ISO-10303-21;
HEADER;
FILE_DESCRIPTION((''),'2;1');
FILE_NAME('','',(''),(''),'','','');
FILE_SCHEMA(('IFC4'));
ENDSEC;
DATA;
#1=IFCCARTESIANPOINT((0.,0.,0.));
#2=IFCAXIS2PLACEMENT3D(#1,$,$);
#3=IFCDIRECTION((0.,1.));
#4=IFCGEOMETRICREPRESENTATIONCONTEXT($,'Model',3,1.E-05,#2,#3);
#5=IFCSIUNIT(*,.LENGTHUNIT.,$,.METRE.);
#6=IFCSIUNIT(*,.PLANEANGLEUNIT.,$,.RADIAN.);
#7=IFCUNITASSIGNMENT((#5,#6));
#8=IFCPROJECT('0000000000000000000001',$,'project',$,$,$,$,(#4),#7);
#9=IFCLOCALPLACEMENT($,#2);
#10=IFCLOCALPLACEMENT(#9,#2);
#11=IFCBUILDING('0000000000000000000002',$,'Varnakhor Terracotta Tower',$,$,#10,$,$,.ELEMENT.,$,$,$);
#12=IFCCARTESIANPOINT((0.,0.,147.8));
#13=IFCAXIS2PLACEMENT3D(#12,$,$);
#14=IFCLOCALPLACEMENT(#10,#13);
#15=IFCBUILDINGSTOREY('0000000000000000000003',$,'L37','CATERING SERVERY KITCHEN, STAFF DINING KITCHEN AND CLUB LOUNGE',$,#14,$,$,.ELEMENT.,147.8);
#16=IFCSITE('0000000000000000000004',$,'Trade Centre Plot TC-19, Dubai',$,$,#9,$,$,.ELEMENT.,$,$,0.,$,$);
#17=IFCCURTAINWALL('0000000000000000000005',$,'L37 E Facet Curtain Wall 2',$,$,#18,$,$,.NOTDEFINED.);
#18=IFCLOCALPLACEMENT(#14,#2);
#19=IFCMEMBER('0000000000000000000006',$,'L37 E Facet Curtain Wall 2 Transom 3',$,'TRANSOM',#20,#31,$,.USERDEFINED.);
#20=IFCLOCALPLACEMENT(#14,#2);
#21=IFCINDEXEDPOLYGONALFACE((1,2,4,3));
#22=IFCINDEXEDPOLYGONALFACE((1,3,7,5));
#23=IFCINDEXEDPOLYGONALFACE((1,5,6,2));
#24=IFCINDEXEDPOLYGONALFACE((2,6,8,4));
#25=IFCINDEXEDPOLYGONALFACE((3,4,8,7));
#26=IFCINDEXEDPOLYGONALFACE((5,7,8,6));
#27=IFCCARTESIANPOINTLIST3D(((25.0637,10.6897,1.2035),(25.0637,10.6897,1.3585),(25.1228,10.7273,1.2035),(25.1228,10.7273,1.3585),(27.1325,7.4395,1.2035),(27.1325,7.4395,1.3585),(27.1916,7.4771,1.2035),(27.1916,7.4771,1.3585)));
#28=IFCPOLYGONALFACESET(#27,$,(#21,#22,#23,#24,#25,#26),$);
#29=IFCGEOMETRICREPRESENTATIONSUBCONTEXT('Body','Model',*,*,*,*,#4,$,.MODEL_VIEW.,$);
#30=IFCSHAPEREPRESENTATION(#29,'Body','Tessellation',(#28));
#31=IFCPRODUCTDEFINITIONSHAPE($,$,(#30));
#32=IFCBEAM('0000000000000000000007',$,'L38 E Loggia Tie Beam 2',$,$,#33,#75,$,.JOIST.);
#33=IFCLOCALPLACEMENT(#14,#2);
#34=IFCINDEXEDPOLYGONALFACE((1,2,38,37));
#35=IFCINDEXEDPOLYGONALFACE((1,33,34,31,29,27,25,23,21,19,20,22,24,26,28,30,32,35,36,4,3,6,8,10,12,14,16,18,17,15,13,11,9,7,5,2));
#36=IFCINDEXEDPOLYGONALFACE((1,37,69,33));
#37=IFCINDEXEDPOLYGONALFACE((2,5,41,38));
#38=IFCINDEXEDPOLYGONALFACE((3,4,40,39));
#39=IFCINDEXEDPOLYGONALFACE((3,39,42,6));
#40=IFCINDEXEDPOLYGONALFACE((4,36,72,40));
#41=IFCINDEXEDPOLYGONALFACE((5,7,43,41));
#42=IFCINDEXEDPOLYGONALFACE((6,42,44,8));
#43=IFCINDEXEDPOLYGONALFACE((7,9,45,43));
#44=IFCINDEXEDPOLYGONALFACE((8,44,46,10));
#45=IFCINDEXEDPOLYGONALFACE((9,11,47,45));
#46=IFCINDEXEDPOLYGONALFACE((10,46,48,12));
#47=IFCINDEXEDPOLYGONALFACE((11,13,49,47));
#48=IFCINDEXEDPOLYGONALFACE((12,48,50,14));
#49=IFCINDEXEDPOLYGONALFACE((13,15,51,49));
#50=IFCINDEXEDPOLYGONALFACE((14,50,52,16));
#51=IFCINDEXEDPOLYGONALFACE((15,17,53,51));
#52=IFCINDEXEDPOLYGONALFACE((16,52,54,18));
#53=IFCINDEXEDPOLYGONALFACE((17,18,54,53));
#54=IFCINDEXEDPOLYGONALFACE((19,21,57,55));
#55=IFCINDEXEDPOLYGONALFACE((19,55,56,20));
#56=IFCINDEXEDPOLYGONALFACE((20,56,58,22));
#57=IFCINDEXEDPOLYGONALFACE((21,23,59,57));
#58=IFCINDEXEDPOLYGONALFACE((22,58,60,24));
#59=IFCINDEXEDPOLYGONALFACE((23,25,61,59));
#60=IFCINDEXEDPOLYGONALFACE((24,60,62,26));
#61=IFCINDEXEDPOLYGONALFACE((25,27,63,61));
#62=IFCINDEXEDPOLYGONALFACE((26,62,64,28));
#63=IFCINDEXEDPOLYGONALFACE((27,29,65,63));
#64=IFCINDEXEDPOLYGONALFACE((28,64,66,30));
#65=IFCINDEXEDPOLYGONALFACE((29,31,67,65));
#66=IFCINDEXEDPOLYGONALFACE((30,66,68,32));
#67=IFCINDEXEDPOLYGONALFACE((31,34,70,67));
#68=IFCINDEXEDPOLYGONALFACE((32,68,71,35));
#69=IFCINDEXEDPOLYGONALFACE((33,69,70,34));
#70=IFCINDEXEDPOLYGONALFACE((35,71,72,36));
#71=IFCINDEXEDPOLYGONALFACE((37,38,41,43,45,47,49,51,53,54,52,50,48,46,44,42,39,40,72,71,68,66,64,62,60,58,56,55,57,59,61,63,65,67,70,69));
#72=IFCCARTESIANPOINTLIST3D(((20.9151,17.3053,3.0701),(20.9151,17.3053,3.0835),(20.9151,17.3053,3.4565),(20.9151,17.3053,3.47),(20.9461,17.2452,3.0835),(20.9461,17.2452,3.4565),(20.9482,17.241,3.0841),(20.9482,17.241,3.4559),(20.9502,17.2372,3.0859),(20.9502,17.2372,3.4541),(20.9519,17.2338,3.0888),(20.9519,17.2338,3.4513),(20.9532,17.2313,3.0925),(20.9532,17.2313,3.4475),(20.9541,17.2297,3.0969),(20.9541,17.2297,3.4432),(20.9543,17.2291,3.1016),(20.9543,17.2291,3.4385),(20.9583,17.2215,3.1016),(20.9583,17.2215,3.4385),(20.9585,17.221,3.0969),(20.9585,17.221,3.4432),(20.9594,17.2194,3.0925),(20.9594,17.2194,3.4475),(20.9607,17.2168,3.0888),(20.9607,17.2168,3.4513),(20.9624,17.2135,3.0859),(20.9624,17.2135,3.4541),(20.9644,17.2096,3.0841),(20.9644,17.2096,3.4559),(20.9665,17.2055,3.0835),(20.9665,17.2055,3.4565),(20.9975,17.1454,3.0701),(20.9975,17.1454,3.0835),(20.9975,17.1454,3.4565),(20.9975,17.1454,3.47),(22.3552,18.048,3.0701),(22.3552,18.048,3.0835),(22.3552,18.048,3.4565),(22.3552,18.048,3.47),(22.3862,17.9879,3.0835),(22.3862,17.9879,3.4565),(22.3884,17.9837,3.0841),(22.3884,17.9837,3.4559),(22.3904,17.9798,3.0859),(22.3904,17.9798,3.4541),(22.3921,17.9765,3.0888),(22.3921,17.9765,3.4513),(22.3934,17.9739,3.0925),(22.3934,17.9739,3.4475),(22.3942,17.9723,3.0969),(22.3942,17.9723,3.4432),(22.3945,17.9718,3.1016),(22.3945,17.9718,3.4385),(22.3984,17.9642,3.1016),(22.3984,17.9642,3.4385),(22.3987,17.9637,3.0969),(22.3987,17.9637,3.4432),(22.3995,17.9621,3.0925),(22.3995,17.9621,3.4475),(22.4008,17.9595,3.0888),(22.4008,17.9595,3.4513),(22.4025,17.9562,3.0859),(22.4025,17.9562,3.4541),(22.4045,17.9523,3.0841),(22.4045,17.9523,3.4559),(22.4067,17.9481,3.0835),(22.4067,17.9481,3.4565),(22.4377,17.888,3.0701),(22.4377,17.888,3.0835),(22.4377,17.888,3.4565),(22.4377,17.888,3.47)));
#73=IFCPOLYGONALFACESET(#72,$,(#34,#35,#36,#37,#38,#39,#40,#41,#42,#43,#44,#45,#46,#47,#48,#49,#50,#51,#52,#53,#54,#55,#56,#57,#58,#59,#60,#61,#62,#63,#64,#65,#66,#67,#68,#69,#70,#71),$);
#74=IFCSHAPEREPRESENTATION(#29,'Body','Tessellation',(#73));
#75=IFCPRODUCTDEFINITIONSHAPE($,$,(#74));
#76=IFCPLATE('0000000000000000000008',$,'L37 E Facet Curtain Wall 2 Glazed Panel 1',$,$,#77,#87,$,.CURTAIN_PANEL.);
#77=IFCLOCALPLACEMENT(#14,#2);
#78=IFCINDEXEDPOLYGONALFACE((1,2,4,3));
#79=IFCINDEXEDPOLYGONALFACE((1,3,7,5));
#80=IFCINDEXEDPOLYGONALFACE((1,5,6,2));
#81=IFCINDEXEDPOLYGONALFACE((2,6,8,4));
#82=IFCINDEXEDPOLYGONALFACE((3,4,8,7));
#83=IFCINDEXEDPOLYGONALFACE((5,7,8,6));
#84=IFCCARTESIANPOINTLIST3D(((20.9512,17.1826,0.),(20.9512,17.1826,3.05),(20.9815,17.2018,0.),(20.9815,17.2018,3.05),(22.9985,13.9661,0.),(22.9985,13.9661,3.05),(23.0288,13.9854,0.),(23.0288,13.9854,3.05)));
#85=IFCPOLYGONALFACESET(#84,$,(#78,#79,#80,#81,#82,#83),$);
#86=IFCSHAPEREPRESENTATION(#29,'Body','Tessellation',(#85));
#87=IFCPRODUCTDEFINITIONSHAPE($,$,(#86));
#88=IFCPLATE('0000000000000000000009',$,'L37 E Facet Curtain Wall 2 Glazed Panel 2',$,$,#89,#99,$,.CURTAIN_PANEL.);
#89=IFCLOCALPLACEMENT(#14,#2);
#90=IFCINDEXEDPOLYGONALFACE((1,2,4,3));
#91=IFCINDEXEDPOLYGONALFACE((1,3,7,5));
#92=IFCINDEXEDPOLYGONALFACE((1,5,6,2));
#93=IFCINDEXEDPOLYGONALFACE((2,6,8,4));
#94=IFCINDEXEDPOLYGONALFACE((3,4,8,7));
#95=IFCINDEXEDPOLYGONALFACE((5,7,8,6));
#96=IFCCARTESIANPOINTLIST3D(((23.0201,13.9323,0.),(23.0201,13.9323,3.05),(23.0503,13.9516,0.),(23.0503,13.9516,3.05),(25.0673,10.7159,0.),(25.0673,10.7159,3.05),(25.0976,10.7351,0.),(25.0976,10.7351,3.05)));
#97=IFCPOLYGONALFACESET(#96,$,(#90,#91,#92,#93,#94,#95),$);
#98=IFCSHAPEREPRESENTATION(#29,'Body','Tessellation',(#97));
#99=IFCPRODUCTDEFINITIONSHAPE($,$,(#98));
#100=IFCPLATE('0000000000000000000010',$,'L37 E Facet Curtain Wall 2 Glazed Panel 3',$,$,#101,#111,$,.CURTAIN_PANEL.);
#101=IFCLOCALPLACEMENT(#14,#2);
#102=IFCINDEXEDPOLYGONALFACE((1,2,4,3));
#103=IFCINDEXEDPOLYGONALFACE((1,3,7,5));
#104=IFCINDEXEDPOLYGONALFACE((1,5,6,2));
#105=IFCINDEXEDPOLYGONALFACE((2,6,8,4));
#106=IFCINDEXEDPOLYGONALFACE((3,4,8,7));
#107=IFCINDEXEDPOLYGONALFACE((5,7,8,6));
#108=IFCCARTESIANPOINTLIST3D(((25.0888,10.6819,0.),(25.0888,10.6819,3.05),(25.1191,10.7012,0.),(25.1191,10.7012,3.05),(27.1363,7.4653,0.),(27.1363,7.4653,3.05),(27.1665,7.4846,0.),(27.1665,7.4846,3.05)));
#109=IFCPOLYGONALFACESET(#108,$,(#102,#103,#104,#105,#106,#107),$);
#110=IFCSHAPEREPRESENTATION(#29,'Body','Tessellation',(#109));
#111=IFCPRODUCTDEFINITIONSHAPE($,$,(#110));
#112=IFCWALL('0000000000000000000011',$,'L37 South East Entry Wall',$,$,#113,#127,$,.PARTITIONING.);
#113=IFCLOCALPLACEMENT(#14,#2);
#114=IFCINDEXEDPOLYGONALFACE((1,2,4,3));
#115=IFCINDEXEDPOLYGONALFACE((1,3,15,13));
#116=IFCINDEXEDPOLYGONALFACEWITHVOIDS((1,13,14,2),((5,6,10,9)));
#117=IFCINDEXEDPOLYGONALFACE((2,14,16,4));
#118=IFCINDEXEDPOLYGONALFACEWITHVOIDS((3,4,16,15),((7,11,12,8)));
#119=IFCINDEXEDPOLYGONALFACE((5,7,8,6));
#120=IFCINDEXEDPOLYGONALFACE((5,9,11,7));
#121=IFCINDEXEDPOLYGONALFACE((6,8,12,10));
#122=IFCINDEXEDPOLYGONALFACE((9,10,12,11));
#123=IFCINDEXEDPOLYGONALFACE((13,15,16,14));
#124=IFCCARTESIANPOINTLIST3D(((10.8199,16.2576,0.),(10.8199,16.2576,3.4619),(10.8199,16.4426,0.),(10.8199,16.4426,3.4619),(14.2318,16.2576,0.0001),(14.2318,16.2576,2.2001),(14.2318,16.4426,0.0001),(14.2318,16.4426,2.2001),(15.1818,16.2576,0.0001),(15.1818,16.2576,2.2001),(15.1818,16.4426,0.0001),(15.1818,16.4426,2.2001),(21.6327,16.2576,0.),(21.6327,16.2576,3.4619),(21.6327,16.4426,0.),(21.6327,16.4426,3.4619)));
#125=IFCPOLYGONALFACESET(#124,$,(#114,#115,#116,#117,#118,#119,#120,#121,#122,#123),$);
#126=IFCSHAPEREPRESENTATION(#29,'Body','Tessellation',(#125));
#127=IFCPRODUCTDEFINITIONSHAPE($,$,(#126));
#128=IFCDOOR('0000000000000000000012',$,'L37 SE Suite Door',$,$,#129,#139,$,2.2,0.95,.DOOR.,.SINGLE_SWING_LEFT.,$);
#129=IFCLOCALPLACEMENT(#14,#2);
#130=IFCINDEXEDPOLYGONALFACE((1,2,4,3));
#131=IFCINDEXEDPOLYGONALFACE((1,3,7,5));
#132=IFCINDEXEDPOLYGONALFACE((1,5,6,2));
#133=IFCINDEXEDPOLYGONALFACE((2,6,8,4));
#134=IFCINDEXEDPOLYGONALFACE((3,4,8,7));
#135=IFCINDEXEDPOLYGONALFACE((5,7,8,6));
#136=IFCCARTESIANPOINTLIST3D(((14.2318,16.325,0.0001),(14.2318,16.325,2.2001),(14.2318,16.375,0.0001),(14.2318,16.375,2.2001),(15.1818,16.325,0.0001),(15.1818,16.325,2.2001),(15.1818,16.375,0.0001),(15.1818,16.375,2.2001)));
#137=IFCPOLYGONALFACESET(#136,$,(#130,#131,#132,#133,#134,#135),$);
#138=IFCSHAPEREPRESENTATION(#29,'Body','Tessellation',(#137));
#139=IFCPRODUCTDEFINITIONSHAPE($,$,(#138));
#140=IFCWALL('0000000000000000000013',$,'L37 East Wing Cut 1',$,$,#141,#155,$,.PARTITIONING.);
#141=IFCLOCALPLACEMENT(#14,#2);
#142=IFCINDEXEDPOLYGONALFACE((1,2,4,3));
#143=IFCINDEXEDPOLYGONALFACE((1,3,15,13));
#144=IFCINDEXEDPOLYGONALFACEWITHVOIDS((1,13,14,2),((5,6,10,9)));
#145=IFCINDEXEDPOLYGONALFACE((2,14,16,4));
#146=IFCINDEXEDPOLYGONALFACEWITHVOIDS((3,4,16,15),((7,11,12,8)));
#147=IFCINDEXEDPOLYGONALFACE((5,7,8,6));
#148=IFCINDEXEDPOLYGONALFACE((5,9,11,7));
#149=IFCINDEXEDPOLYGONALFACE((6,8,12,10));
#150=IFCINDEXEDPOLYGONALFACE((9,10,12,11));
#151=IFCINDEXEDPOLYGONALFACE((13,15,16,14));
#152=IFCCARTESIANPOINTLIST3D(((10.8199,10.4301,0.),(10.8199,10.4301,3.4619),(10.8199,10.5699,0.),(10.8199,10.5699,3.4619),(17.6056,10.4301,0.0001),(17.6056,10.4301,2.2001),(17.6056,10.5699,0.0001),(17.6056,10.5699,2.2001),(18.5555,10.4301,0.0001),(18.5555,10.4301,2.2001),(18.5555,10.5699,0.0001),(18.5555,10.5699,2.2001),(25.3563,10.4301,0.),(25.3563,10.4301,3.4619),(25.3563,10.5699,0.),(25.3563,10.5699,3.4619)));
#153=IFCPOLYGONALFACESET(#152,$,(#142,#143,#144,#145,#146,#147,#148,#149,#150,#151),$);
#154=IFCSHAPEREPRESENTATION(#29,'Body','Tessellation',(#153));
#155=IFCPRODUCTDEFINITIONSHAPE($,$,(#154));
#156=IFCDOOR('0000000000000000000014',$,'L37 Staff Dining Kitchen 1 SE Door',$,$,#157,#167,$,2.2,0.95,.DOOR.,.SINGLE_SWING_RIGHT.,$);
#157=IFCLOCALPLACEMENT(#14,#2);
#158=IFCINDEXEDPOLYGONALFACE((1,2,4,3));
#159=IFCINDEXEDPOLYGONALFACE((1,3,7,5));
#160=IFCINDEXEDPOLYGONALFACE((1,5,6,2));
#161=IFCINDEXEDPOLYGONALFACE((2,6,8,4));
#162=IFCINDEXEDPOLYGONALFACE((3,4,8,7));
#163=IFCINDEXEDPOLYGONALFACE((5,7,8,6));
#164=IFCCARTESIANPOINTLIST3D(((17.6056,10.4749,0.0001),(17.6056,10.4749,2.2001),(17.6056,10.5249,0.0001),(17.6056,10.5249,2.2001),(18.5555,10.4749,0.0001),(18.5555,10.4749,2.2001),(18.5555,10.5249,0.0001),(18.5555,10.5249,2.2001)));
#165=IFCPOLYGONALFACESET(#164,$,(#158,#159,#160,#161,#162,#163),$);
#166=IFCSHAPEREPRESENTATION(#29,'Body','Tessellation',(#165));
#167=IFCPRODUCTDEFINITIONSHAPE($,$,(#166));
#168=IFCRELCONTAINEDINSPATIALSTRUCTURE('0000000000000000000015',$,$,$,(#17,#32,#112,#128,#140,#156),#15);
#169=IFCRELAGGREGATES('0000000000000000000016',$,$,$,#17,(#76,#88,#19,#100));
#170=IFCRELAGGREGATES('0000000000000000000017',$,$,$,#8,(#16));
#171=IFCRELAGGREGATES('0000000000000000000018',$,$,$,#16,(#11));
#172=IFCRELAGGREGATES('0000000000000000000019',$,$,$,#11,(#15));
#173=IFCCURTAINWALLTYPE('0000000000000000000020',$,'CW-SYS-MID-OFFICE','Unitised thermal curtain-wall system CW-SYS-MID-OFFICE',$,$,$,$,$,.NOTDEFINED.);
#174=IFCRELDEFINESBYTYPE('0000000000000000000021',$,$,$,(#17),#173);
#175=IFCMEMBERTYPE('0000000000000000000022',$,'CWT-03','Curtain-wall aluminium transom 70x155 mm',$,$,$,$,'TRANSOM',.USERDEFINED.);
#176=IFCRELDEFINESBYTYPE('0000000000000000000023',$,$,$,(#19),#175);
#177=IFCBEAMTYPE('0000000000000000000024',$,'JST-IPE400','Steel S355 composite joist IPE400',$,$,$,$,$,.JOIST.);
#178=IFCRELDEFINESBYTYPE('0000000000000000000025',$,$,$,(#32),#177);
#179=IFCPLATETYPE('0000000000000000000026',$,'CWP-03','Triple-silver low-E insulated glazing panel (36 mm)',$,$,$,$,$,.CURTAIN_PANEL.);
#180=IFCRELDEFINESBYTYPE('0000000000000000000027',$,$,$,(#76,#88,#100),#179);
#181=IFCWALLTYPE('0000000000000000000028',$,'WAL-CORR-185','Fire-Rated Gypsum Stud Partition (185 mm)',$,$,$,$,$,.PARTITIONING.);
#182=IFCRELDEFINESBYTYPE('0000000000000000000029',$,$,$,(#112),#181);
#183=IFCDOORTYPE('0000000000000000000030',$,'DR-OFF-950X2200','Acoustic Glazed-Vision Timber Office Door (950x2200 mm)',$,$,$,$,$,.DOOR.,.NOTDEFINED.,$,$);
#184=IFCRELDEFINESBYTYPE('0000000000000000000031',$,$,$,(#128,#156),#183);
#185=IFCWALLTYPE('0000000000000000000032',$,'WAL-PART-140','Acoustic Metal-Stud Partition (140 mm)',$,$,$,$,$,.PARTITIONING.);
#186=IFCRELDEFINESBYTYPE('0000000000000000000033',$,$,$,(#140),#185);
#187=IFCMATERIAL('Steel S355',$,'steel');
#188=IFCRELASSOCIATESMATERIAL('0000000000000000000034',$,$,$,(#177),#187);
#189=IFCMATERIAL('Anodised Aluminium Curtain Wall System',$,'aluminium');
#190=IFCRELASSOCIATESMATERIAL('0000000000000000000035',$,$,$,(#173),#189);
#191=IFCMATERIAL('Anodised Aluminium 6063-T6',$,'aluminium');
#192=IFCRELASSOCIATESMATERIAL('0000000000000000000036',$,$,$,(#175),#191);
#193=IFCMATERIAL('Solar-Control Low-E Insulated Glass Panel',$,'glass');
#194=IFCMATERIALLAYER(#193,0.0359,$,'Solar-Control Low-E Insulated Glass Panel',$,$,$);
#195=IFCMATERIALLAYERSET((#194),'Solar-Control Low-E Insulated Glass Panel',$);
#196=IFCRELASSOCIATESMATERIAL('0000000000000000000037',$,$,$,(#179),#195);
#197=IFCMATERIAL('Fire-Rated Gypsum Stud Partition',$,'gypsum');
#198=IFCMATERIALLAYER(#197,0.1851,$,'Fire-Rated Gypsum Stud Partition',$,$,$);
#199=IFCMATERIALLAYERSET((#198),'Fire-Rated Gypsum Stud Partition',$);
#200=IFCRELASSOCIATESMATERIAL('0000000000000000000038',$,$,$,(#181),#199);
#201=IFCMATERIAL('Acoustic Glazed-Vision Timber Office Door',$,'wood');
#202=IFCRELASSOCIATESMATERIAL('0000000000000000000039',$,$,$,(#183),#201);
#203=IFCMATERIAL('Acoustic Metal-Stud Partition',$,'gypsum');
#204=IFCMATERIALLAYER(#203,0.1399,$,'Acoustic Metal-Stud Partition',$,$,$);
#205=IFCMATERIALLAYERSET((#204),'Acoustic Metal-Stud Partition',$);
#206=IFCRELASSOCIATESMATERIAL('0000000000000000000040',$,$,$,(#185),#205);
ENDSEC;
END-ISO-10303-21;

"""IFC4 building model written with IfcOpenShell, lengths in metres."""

from ifc_helpers import new_model, si_unit, direction, frame, frame_2d, origin, origin_2d, place, context, subcontext, project, spatial, rectangle, i_section, extrude, source, transform, mapped, material, layer, layer_set, material_profile, profile_set, type_object, type_shapes, element, fill, aggregate, save


model = new_model("IFC4")

# Units and contexts
model_context = context("Model", 3, precision=1e-05, world=origin(), true_north=direction((0.0, 1.0)))
body_context = subcontext(model_context, "Body", "Model", "MODEL_VIEW")
ifc_project = project(units=[si_unit("LENGTHUNIT", "METRE"), si_unit("PLANEANGLEUNIT", "RADIAN")], contexts=[model_context])

# Site, building, storey
site_placement = place(None, origin())
site = spatial("IfcSite", under=ifc_project, at=site_placement, Name="Trade Centre Plot TC-19, Dubai", CompositionType="ELEMENT", RefElevation=0.0)
building_placement = place(site_placement, origin())
building = spatial("IfcBuilding", under=site, at=building_placement, Name="Varnakhor Terracotta Tower", CompositionType="ELEMENT")
storey_placement = place(building_placement, frame((0.0, 0.0, 147.8)))
storey = spatial("IfcBuildingStorey", under=building, at=storey_placement, Name="L37", Description="CATERING SERVERY KITCHEN, STAFF DINING KITCHEN AND CLUB LOUNGE", CompositionType="ELEMENT", Elevation=147.8)

# Shared definitions
ifc_material_1 = material(Name="Steel S355", Category="steel")
ifc_material_profile_1 = material_profile(ifc_material_1, i_section(OverallWidth=0.1799, OverallDepth=0.3999, WebThickness=0.0085, FlangeThickness=0.0134, FilletRadius=0.0181, at=origin_2d()), Name="IPE400")
ifc_profile_set_1 = profile_set([ifc_material_profile_1], Name="Steel S355")
beam_type_1 = type_object("IfcBeamType", Name="JST-IPE400", Description="Steel S355 composite joist IPE400", PredefinedType="JOIST", material=ifc_profile_set_1)

# Curtain wall, member
ifc_material_2 = material(Name="Anodised Aluminium Curtain Wall System", Category="aluminium")
curtain_wall_type = type_object("IfcCurtainWallType", Name="CW-SYS-MID-OFFICE", Description="Unitised thermal curtain-wall system CW-SYS-MID-OFFICE", PredefinedType="NOTDEFINED", material=ifc_material_2)
curtain_wall_placement = place(storey_placement, origin())
curtain_wall = element("IfcCurtainWall", 1, at=curtain_wall_placement, inside=storey, type_object=curtain_wall_type, Name="L37 E Facet Curtain Wall 2", PredefinedType="NOTDEFINED")
ifc_material_3 = material(Name="Anodised Aluminium 6063-T6", Category="aluminium")
ifc_material_profile_2 = material_profile(ifc_material_3, rectangle(XDim=0.0701, YDim=0.155, at=origin_2d()), Name="ALU TRANSOM 70x155")
ifc_profile_set_2 = profile_set([ifc_material_profile_2], Name="Anodised Aluminium 6063-T6")
member_type_1 = type_object("IfcMemberType", Name="CWT-03", Description="Curtain-wall aluminium transom 70x155 mm", ElementType="TRANSOM", PredefinedType="USERDEFINED", material=ifc_profile_set_2)
shared_shape_1 = source(origin(), body_context, "Body", "SweptSolid", [
    extrude(rectangle(XDim=0.0701, YDim=0.155, at=origin_2d()), origin(), (0.0, 0.0, 1.0), 3.8528),
])
member_1_placement = place(storey_placement, frame((25.0933, 10.7085, 1.281), z_axis=(0.53697, -0.843601, 0.0), x_axis=(0.843601, 0.53697, 0.0)))
member_1 = element("IfcMember", 2, at=member_1_placement, type_object=member_type_1, Name="L37 E Facet Curtain Wall 2 Transom 3", ObjectType="TRANSOM", PredefinedType="USERDEFINED", context=body_context, shape_type="MappedRepresentation", body=[
    mapped(shared_shape_1, transform((0.0, 0.0, 0.0), scale=1.0)),
])

# Beam
shared_shape_2 = source(origin(), body_context, "Body", "SweptSolid", [
    extrude(i_section(OverallWidth=0.1799, OverallDepth=0.3999, WebThickness=0.0085, FlangeThickness=0.0134, FilletRadius=0.0181, at=origin_2d()), origin(), (0.0, 0.0, 1.0), 1.6204),
])
beam_1_placement = place(storey_placement, frame((20.9563, 17.2253, 3.27), z_axis=(0.888783, 0.458328, 0.0), x_axis=(-0.458328, 0.888783, 0.0)))
element("IfcBeam", 3, at=beam_1_placement, inside=storey, type_object=beam_type_1, Name="L38 E Loggia Tie Beam 2", PredefinedType="JOIST", context=body_context, shape_type="MappedRepresentation", body=[
    mapped(shared_shape_2, transform((0.0, 0.0, 0.0), scale=1.0)),
])

# Plates
ifc_material_4 = material(Name="Solar-Control Low-E Insulated Glass Panel", Category="glass")
ifc_layer_1 = layer(ifc_material_4, 0.0359, Name="Solar-Control Low-E Insulated Glass Panel")
ifc_layer_set_1 = layer_set([ifc_layer_1], Name="Solar-Control Low-E Insulated Glass Panel")
plate_type = type_object("IfcPlateType", Name="CWP-03", Description="Triple-silver low-E insulated glazing panel (36 mm)", PredefinedType="CURTAIN_PANEL", material=ifc_layer_set_1)
shared_shape_3 = source(origin(), body_context, "Body", "SweptSolid", [
    extrude(rectangle(XDim=3.8127, YDim=0.0359, at=origin_2d()), origin(), (0.0, 0.0, 1.0), 3.05),
])
plate_1_placement = place(storey_placement, frame((21.99, 15.584, 0.0), z_axis=(0.0, 0.0, 1.0), x_axis=(0.536961, -0.843607, 0.0)))
plate_1 = element("IfcPlate", 4, at=plate_1_placement, type_object=plate_type, Name="L37 E Facet Curtain Wall 2 Glazed Panel 1", PredefinedType="CURTAIN_PANEL", context=body_context, shape_type="MappedRepresentation", body=[
    mapped(shared_shape_3, transform((0.0, 0.0, 0.0), scale=1.0)),
])
plate_2_placement = place(storey_placement, frame((24.0588, 12.3337, 0.0), z_axis=(0.0, 0.0, 1.0), x_axis=(0.536961, -0.843607, 0.0)))
plate_2 = element("IfcPlate", 5, at=plate_2_placement, type_object=plate_type, Name="L37 E Facet Curtain Wall 2 Glazed Panel 2", PredefinedType="CURTAIN_PANEL", context=body_context, shape_type="MappedRepresentation", body=[
    mapped(shared_shape_3, transform((0.0, 0.0, 0.0), scale=1.0)),
])
shared_shape_4 = source(origin(), body_context, "Body", "SweptSolid", [
    extrude(rectangle(XDim=3.813, YDim=0.0359, at=origin_2d()), origin(), (0.0, 0.0, 1.0), 3.05),
])
plate_3_placement = place(storey_placement, frame((26.1277, 9.0833, 0.0), z_axis=(0.0, 0.0, 1.0), x_axis=(0.536961, -0.843607, 0.0)))
plate_3 = element("IfcPlate", 6, at=plate_3_placement, type_object=plate_type, Name="L37 E Facet Curtain Wall 2 Glazed Panel 3", PredefinedType="CURTAIN_PANEL", context=body_context, shape_type="MappedRepresentation", body=[
    mapped(shared_shape_4, transform((0.0, 0.0, 0.0), scale=1.0)),
])
aggregate(curtain_wall, [plate_1, plate_2, member_1, plate_3])

# Walls, openings, doors
ifc_material_5 = material(Name="Fire-Rated Gypsum Stud Partition", Category="gypsum")
ifc_layer_2 = layer(ifc_material_5, 0.1851, Name="Fire-Rated Gypsum Stud Partition")
ifc_layer_set_2 = layer_set([ifc_layer_2], Name="Fire-Rated Gypsum Stud Partition")
wall_type_1 = type_object("IfcWallType", Name="WAL-CORR-185", Description="Fire-Rated Gypsum Stud Partition (185 mm)", PredefinedType="PARTITIONING", material=ifc_layer_set_2)
wall_1_placement = place(storey_placement, frame((10.8201, 16.3501, 0.0), z_axis=(0.0, 0.0, 1.0), x_axis=(1.0, 0.0, 0.0)))
wall_1 = element("IfcWall", 7, at=wall_1_placement, inside=storey, type_object=wall_type_1, Name="L37 South East Entry Wall", PredefinedType="PARTITIONING", context=body_context, shape_type="SweptSolid", body=[
    extrude(rectangle(XDim=10.8127, YDim=0.1851, at=frame_2d((5.4062, 0.0))), origin(), (0.0, 0.0, 1.0), 3.4619),
])
opening_1_placement = place(wall_1_placement, frame((3.4116, 0.0, 0.0)))
opening_1 = element("IfcOpeningElement", 8, at=opening_1_placement, cuts=wall_1, PredefinedType="OPENING", context=body_context, shape_type="SweptSolid", body=[
    extrude(rectangle(XDim=0.95, YDim=2.2, at=frame_2d((0.4751, 1.1001))), frame((0.0, 0.1025, 0.0), z_axis=(0.0, -1.0, 0.0), x_axis=(1.0, 0.0, 0.0)), (0.0, 0.0, 1.0), 0.2051),
])
ifc_material_6 = material(Name="Acoustic Glazed-Vision Timber Office Door", Category="wood")
door_type = type_object("IfcDoorType", Name="DR-OFF-950X2200", Description="Acoustic Glazed-Vision Timber Office Door (950x2200 mm)", OperationType="NOTDEFINED", PredefinedType="DOOR", material=ifc_material_6)
shared_shape_5 = source(origin(), body_context, "Body", "SweptSolid", [
    extrude(rectangle(XDim=0.95, YDim=2.2, at=frame_2d((0.4751, 1.1001))), frame((0.0, 0.0249, 0.0), z_axis=(0.0, -1.0, 0.0), x_axis=(1.0, 0.0, 0.0)), (0.0, 0.0, 1.0), 0.05),
])
type_shapes(door_type, [shared_shape_5])
door_1_placement = place(opening_1_placement, origin())
door_1 = element("IfcDoor", 9, at=door_1_placement, inside=storey, type_object=door_type, Name="L37 SE Suite Door", OperationType="SINGLE_SWING_LEFT", OverallHeight=2.2, OverallWidth=0.95, PredefinedType="DOOR", context=body_context, shape_type="MappedRepresentation", body=[
    mapped(shared_shape_5, transform((0.0, 0.0, 0.0), scale=1.0)),
])
fill(opening_1, door_1)
ifc_material_7 = material(Name="Acoustic Metal-Stud Partition", Category="gypsum")
ifc_layer_3 = layer(ifc_material_7, 0.1399, Name="Acoustic Metal-Stud Partition")
ifc_layer_set_3 = layer_set([ifc_layer_3], Name="Acoustic Metal-Stud Partition")
wall_type_2 = type_object("IfcWallType", Name="WAL-PART-140", Description="Acoustic Metal-Stud Partition (140 mm)", PredefinedType="PARTITIONING", material=ifc_layer_set_3)
wall_2_placement = place(storey_placement, frame((10.8201, 10.5, 0.0), z_axis=(0.0, 0.0, 1.0), x_axis=(1.0, 0.0, 0.0)))
wall_2 = element("IfcWall", 10, at=wall_2_placement, inside=storey, type_object=wall_type_2, Name="L37 East Wing Cut 1", PredefinedType="PARTITIONING", context=body_context, shape_type="SweptSolid", body=[
    extrude(rectangle(XDim=14.5364, YDim=0.1399, at=frame_2d((7.2681, 0.0))), origin(), (0.0, 0.0, 1.0), 3.4619),
])
opening_2_placement = place(wall_2_placement, frame((6.7854, 0.0, 0.0)))
opening_2 = element("IfcOpeningElement", 11, at=opening_2_placement, cuts=wall_2, PredefinedType="OPENING", context=body_context, shape_type="SweptSolid", body=[
    extrude(rectangle(XDim=0.95, YDim=2.2, at=frame_2d((0.4751, 1.1001))), frame((0.0, 0.0801, 0.0), z_axis=(0.0, -1.0, 0.0), x_axis=(1.0, 0.0, 0.0)), (0.0, 0.0, 1.0), 0.1599),
])
door_2_placement = place(opening_2_placement, origin())
door_2 = element("IfcDoor", 12, at=door_2_placement, inside=storey, type_object=door_type, Name="L37 Staff Dining Kitchen 1 SE Door", OperationType="SINGLE_SWING_RIGHT", OverallHeight=2.2, OverallWidth=0.95, PredefinedType="DOOR", context=body_context, shape_type="MappedRepresentation", body=[
    mapped(shared_shape_5, transform((0.0, 0.0, 0.0), scale=1.0)),
])
fill(opening_2, door_2)

save(model, "model.ifc")
